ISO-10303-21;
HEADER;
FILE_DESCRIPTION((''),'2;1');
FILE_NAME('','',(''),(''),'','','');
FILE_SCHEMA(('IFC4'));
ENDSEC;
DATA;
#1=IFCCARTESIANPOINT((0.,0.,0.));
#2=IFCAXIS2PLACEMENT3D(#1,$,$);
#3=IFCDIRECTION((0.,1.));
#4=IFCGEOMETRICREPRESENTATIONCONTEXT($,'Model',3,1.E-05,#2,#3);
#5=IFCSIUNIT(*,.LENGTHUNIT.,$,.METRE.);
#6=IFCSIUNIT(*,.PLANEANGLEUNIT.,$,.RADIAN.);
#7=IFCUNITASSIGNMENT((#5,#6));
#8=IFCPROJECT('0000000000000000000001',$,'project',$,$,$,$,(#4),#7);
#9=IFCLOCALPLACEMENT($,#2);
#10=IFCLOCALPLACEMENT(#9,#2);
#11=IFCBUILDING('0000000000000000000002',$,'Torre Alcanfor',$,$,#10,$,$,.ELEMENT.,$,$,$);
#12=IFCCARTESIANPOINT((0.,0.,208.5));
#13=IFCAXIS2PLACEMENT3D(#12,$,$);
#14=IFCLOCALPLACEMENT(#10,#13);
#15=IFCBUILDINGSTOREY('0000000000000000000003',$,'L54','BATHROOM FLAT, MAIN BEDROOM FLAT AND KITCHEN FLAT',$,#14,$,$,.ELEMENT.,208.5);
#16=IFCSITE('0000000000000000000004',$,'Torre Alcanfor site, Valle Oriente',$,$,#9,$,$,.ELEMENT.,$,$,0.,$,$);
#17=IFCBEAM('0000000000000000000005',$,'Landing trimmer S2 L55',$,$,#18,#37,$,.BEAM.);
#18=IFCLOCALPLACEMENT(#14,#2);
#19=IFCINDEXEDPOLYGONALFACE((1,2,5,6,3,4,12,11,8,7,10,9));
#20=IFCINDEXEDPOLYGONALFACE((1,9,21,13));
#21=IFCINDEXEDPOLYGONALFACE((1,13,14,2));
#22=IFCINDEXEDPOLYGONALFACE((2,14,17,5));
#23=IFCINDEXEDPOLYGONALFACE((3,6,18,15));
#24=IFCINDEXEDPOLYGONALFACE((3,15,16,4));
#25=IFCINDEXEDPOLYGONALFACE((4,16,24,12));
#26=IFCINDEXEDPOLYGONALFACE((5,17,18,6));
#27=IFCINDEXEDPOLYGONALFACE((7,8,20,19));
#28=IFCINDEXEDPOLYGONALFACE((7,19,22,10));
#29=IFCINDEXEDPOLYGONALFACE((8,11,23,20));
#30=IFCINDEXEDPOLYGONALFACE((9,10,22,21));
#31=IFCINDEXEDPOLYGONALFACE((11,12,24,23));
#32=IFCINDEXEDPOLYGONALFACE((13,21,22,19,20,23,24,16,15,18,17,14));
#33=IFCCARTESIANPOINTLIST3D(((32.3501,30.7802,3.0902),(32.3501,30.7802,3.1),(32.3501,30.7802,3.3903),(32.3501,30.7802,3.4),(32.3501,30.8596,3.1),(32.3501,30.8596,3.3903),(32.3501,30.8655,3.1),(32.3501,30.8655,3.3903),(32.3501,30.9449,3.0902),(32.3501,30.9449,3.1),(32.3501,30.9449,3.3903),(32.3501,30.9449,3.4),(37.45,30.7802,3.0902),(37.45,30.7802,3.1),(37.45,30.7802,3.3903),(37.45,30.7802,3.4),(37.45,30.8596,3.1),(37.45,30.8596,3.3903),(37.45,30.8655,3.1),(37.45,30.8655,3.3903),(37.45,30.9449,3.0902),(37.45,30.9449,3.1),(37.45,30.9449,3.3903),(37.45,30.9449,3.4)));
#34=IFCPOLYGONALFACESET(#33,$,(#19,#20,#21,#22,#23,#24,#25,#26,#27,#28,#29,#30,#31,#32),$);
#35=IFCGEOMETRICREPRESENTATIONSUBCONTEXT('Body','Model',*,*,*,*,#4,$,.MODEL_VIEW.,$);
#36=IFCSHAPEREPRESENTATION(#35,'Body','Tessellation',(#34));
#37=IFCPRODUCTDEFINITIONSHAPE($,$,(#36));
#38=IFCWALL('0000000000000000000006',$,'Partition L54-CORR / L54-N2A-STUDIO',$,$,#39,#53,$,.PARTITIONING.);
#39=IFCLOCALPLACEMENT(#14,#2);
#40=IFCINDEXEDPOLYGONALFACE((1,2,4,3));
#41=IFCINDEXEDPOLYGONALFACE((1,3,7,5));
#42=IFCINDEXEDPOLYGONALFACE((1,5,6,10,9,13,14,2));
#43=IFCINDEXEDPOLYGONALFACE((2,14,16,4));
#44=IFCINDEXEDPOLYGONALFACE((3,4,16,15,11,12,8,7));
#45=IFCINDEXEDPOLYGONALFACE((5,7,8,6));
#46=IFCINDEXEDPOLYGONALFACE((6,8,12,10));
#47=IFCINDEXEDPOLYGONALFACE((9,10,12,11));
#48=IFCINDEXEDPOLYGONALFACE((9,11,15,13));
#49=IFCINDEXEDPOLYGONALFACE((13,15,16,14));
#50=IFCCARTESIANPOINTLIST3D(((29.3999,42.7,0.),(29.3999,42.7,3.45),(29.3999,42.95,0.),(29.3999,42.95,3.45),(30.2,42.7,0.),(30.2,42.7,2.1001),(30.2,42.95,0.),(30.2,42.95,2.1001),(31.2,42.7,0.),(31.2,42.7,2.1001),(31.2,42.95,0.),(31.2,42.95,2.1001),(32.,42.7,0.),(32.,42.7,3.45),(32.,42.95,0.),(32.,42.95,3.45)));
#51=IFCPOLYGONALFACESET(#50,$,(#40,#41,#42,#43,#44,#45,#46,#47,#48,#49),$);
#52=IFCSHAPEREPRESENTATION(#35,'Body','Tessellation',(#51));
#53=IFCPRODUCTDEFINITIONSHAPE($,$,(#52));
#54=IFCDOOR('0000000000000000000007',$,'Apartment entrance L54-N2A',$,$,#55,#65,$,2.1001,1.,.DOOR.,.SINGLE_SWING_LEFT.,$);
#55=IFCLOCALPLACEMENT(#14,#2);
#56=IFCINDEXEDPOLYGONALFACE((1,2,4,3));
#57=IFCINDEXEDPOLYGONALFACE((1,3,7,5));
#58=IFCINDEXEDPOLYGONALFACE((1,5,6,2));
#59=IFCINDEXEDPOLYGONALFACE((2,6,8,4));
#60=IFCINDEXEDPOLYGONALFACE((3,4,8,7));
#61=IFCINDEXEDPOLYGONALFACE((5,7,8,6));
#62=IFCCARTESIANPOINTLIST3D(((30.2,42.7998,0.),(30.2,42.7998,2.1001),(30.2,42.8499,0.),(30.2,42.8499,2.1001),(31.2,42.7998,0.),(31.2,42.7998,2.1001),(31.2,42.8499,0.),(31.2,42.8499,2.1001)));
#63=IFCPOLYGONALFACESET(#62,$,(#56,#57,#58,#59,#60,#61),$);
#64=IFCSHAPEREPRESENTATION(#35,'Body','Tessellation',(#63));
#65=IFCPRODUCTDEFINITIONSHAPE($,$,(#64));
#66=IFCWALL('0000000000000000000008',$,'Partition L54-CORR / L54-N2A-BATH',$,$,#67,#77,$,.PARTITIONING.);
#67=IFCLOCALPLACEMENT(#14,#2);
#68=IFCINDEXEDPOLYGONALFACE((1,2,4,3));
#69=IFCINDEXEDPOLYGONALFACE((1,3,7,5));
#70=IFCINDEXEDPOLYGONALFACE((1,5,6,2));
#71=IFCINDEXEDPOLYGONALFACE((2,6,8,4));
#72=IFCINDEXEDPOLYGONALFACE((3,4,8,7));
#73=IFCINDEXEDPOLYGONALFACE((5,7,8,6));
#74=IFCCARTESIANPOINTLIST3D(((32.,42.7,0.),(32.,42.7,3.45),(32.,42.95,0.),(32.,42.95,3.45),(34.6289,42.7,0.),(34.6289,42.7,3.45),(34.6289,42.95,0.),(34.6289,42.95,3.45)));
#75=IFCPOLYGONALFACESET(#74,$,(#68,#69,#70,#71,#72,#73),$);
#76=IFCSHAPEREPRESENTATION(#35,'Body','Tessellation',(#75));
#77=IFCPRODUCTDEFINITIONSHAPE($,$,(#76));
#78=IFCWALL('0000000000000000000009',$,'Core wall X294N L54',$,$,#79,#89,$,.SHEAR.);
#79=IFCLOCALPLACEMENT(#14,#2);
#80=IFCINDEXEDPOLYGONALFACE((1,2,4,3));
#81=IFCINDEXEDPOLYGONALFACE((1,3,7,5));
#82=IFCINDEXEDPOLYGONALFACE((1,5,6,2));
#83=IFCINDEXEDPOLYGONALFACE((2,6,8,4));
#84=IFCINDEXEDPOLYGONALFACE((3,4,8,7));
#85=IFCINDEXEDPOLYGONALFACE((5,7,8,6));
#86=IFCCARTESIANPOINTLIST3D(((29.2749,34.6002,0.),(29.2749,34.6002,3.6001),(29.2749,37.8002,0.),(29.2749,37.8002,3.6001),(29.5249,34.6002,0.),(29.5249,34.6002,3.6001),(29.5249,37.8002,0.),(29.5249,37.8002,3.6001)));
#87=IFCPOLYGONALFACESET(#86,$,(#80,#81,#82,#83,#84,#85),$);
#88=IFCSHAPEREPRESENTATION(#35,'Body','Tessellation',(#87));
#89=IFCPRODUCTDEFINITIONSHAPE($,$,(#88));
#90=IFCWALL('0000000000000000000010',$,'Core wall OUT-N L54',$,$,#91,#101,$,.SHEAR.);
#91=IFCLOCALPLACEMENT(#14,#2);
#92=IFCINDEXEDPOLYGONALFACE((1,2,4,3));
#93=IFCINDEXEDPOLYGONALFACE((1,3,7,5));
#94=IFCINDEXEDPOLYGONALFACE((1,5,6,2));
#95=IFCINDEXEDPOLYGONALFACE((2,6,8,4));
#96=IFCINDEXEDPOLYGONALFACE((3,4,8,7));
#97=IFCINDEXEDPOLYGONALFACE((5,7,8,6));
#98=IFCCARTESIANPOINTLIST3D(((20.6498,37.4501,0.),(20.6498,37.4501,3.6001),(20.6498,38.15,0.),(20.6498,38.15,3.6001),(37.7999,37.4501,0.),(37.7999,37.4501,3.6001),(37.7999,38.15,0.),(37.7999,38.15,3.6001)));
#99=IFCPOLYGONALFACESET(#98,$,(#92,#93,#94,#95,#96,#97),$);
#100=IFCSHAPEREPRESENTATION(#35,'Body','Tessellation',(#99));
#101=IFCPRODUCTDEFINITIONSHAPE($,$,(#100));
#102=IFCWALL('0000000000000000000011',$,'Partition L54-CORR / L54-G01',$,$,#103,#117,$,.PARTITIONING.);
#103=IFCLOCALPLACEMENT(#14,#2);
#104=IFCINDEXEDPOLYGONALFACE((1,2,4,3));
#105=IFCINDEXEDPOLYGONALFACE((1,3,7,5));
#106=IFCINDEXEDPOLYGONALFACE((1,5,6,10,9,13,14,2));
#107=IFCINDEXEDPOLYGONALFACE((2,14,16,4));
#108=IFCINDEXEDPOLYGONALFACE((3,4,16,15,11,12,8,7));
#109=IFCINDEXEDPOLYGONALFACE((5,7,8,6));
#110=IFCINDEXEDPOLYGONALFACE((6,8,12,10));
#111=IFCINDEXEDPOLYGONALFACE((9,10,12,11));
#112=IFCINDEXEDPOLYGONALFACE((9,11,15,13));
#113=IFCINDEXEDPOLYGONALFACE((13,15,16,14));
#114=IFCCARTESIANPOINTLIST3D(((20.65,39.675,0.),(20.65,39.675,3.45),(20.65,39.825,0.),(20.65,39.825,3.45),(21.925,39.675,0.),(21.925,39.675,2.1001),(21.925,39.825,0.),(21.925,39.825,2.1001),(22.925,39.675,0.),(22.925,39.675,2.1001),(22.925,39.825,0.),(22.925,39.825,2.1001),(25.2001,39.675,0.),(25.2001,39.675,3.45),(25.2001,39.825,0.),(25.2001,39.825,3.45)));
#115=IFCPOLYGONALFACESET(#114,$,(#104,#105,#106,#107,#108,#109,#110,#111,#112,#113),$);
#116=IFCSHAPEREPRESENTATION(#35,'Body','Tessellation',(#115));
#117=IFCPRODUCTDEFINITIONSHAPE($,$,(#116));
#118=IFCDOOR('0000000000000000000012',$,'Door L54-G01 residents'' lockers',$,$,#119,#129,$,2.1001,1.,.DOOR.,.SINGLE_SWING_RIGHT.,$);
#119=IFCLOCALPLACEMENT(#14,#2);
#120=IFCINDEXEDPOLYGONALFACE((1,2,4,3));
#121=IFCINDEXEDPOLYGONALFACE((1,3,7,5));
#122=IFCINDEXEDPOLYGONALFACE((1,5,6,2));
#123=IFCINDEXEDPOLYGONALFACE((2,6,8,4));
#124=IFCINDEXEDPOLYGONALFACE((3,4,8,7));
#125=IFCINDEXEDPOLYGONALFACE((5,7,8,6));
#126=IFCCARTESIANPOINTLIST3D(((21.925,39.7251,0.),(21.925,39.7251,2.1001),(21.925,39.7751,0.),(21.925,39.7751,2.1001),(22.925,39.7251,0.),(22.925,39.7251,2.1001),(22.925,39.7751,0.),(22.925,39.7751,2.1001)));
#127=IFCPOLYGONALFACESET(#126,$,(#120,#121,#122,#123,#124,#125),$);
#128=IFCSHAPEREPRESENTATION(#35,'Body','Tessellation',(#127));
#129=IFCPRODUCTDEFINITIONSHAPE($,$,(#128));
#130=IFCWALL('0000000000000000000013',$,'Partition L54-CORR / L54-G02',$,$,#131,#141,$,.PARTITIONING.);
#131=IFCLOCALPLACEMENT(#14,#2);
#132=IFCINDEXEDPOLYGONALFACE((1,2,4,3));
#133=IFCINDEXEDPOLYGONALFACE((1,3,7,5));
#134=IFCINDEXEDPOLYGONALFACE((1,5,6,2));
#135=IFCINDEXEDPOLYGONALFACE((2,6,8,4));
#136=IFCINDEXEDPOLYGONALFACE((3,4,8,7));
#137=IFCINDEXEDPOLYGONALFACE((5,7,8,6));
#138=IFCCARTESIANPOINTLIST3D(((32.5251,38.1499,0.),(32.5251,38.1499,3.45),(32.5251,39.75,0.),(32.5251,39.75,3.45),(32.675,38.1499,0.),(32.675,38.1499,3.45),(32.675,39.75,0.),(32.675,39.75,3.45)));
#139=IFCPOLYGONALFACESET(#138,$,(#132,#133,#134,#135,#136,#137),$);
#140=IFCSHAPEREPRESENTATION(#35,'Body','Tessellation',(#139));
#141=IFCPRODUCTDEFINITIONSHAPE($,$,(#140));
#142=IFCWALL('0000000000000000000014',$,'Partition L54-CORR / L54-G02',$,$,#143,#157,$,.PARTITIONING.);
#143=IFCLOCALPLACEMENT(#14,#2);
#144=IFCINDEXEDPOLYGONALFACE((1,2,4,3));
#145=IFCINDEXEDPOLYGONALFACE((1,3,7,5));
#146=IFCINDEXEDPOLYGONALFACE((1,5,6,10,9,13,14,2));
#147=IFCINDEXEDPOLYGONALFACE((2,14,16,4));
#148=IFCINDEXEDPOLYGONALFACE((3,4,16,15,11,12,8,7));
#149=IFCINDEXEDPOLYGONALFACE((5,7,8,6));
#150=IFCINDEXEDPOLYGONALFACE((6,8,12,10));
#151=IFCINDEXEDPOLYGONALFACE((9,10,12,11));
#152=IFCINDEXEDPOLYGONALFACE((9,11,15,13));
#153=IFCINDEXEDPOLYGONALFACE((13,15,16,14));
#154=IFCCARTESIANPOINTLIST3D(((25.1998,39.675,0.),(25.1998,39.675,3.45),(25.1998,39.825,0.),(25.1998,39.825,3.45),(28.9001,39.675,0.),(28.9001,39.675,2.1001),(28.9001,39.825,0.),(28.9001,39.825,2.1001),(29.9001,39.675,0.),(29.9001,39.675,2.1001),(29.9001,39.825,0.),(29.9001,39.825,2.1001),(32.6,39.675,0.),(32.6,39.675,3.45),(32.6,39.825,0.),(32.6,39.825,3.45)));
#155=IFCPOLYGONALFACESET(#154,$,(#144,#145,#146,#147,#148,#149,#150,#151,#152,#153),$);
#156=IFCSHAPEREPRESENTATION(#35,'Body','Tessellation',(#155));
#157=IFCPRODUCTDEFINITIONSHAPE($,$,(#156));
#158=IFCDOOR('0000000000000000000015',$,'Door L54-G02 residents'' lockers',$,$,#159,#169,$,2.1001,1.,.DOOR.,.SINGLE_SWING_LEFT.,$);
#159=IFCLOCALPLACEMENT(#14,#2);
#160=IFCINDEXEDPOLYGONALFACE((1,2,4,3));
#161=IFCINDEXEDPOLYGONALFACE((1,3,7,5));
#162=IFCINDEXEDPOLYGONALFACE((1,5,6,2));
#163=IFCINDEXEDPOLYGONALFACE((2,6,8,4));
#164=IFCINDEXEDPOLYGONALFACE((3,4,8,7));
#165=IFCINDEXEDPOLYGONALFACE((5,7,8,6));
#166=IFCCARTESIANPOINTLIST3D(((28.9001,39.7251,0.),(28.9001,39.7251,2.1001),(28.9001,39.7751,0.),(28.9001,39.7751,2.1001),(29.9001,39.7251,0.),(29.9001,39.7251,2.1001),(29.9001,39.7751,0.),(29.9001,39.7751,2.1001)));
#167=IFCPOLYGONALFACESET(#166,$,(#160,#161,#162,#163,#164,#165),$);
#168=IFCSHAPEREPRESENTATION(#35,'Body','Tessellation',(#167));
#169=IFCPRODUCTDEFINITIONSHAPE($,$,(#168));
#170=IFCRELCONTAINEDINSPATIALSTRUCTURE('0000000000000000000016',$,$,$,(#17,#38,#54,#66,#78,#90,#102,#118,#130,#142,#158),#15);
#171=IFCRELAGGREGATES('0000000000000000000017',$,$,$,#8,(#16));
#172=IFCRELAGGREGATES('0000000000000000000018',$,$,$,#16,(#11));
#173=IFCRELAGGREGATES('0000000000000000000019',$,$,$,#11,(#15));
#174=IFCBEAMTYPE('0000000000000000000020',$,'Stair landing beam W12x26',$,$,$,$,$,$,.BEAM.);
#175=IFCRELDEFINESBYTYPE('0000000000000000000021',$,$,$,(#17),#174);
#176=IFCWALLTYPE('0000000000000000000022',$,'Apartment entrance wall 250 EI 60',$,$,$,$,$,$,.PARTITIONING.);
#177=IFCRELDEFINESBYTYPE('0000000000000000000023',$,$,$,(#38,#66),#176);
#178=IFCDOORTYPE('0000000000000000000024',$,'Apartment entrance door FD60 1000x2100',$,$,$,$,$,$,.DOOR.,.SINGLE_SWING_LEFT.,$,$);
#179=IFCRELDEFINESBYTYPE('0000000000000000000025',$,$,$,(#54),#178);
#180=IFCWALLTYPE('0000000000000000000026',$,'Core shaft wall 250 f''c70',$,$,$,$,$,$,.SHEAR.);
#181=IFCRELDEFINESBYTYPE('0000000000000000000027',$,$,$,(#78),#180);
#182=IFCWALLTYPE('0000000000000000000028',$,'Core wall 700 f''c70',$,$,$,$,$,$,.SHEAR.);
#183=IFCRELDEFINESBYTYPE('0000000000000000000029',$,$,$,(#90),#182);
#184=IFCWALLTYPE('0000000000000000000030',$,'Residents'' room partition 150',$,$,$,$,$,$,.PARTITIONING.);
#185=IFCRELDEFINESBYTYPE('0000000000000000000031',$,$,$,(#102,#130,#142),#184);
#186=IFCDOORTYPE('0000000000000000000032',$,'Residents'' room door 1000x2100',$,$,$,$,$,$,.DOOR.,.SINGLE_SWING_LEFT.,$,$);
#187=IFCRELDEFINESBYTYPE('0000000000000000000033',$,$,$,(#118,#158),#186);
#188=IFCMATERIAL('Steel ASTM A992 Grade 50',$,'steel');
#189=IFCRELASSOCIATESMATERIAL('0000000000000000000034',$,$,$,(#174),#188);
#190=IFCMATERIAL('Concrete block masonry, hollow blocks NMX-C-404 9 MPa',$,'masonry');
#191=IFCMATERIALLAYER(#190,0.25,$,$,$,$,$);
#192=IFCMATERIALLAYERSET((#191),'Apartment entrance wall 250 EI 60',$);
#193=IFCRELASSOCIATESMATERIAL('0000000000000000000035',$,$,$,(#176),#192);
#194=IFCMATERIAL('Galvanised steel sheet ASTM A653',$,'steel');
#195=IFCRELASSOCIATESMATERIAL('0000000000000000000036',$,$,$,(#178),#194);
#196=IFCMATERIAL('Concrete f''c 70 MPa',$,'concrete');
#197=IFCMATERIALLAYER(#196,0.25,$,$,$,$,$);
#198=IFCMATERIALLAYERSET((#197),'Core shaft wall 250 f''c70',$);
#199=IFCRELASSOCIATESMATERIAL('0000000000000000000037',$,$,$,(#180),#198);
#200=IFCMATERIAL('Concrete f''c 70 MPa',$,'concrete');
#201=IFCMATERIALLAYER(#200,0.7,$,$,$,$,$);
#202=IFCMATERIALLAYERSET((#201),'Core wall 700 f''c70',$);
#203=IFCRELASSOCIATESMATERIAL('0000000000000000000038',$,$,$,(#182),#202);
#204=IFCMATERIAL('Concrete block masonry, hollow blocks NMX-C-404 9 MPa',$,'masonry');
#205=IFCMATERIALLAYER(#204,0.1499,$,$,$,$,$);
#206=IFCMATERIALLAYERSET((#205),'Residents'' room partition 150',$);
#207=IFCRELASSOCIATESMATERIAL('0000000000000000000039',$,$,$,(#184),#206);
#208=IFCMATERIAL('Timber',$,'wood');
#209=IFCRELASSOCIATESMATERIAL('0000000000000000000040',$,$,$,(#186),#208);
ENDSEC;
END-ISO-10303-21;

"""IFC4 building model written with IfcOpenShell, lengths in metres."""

from ifc_helpers import new_model, si_unit, direction, frame, frame_2d, origin, origin_2d, place, context, subcontext, project, spatial, rectangle, i_section, extrude, material, layer, layer_set, material_profile, profile_set, type_object, element, fill, save


model = new_model("IFC4")

# Units and contexts
model_context = context("Model", 3, precision=1e-05, world=origin(), true_north=direction((0.0, 1.0)))
body_context = subcontext(model_context, "Body", "Model", "MODEL_VIEW")
ifc_project = project(units=[si_unit("LENGTHUNIT", "METRE"), si_unit("PLANEANGLEUNIT", "RADIAN")], contexts=[model_context])

# Site, building, storey
site_placement = place(None, origin())
site = spatial("IfcSite", under=ifc_project, at=site_placement, Name="Torre Alcanfor site, Valle Oriente", CompositionType="ELEMENT", RefElevation=0.0)
building_placement = place(site_placement, origin())
building = spatial("IfcBuilding", under=site, at=building_placement, Name="Torre Alcanfor", CompositionType="ELEMENT")
storey_placement = place(building_placement, frame((0.0, 0.0, 208.5)))
storey = spatial("IfcBuildingStorey", under=building, at=storey_placement, Name="L54", Description="BATHROOM FLAT, MAIN BEDROOM FLAT AND KITCHEN FLAT", CompositionType="ELEMENT", Elevation=208.5)

# Beam
ifc_material_1 = material(Name="Steel ASTM A992 Grade 50", Category="steel")
ifc_material_profile_1 = material_profile(ifc_material_1, i_section(OverallWidth=0.1648, OverallDepth=0.3098, WebThickness=0.0059, FlangeThickness=0.0098, at=origin_2d()), Name="W12x26")
ifc_profile_set_1 = profile_set([ifc_material_profile_1], Name="Steel ASTM A992 Grade 50")
beam_type_1 = type_object("IfcBeamType", Name="Stair landing beam W12x26", PredefinedType="BEAM", material=ifc_profile_set_1)
beam_1_placement = place(storey_placement, frame((32.3501, 30.8625, 3.2451), z_axis=(1.0, 0.0, 0.0), x_axis=(0.0, 1.0, 0.0)))
element("IfcBeam", 1, at=beam_1_placement, inside=storey, type_object=beam_type_1, Name="Landing trimmer S2 L55", PredefinedType="BEAM", context=body_context, shape_type="SweptSolid", body=[
    extrude(i_section(OverallWidth=0.1648, OverallDepth=0.3098, WebThickness=0.0059, FlangeThickness=0.0098, at=origin_2d()), origin(), (0.0, 0.0, 1.0), 5.0999),
])

# Wall, opening, door
ifc_material_2 = material(Name="Concrete block masonry, hollow blocks NMX-C-404 9 MPa", Category="masonry")
ifc_layer_1 = layer(ifc_material_2, 0.25)
ifc_layer_set_1 = layer_set([ifc_layer_1], Name="Apartment entrance wall 250 EI 60")
wall_type_1 = type_object("IfcWallType", Name="Apartment entrance wall 250 EI 60", PredefinedType="PARTITIONING", material=ifc_layer_set_1)
wall_1_placement = place(storey_placement, frame((29.3999, 42.825, 0.0), z_axis=(0.0, 0.0, 1.0), x_axis=(1.0, 0.0, 0.0)))
wall_1 = element("IfcWall", 2, at=wall_1_placement, inside=storey, type_object=wall_type_1, Name="Partition L54-CORR / L54-N2A-STUDIO", PredefinedType="PARTITIONING", context=body_context, shape_type="SweptSolid", body=[
    extrude(rectangle(XDim=2.6001, YDim=0.25, at=frame_2d((1.3, 0.0))), origin(), (0.0, 0.0, 1.0), 3.45),
])
opening_1_placement = place(wall_1_placement, frame((0.8, 0.0, 0.0)))
opening_1 = element("IfcOpeningElement", 3, at=opening_1_placement, cuts=wall_1, PredefinedType="OPENING", context=body_context, shape_type="SweptSolid", body=[
    extrude(rectangle(XDim=1.0, YDim=2.1001, at=frame_2d((0.5, 1.05))), frame((0.0, 0.135, 0.0), z_axis=(0.0, -1.0, 0.0), x_axis=(1.0, 0.0, 0.0)), (0.0, 0.0, 1.0), 0.27),
])
ifc_material_3 = material(Name="Galvanised steel sheet ASTM A653", Category="steel")
door_type_1 = type_object("IfcDoorType", Name="Apartment entrance door FD60 1000x2100", OperationType="SINGLE_SWING_LEFT", PredefinedType="DOOR", material=ifc_material_3)
door_1_placement = place(opening_1_placement, origin())
door_1 = element("IfcDoor", 4, at=door_1_placement, inside=storey, type_object=door_type_1, Name="Apartment entrance L54-N2A", OperationType="SINGLE_SWING_LEFT", OverallHeight=2.1001, OverallWidth=1.0, PredefinedType="DOOR", context=body_context, shape_type="SweptSolid", body=[
    extrude(rectangle(XDim=1.0, YDim=2.1001, at=frame_2d((0.5, 1.05))), frame((0.0, 0.0249, 0.0), z_axis=(0.0, -1.0, 0.0), x_axis=(1.0, 0.0, 0.0)), (0.0, 0.0, 1.0), 0.05),
])
fill(opening_1, door_1)

# Walls
wall_2_placement = place(storey_placement, frame((32.0, 42.825, 0.0), z_axis=(0.0, 0.0, 1.0), x_axis=(1.0, 0.0, 0.0)))
element("IfcWall", 5, at=wall_2_placement, inside=storey, type_object=wall_type_1, Name="Partition L54-CORR / L54-N2A-BATH", PredefinedType="PARTITIONING", context=body_context, shape_type="SweptSolid", body=[
    extrude(rectangle(XDim=2.6289, YDim=0.25, at=frame_2d((1.3145, 0.0))), origin(), (0.0, 0.0, 1.0), 3.45),
])
ifc_material_4 = material(Name="Concrete f'c 70 MPa", Category="concrete")
ifc_layer_2 = layer(ifc_material_4, 0.25)
ifc_layer_set_2 = layer_set([ifc_layer_2], Name="Core shaft wall 250 f'c70")
wall_type_2 = type_object("IfcWallType", Name="Core shaft wall 250 f'c70", PredefinedType="SHEAR", material=ifc_layer_set_2)
wall_3_placement = place(storey_placement, frame((29.3999, 34.6001, 0.0), z_axis=(0.0, 0.0, 1.0), x_axis=(0.0, 1.0, 0.0)))
element("IfcWall", 6, at=wall_3_placement, inside=storey, type_object=wall_type_2, Name="Core wall X294N L54", PredefinedType="SHEAR", context=body_context, shape_type="SweptSolid", body=[
    extrude(rectangle(XDim=3.2, YDim=0.25, at=frame_2d((1.6001, 0.0))), origin(), (0.0, 0.0, 1.0), 3.6001),
])
ifc_material_5 = material(Name="Concrete f'c 70 MPa", Category="concrete")
ifc_layer_3 = layer(ifc_material_5, 0.7)
ifc_layer_set_3 = layer_set([ifc_layer_3], Name="Core wall 700 f'c70")
wall_type_3 = type_object("IfcWallType", Name="Core wall 700 f'c70", PredefinedType="SHEAR", material=ifc_layer_set_3)
wall_4_placement = place(storey_placement, frame((37.8, 37.8, 0.0), z_axis=(0.0, 0.0, 1.0), x_axis=(-1.0, 0.0, 0.0)))
element("IfcWall", 7, at=wall_4_placement, inside=storey, type_object=wall_type_3, Name="Core wall OUT-N L54", PredefinedType="SHEAR", context=body_context, shape_type="SweptSolid", body=[
    extrude(rectangle(XDim=17.1501, YDim=0.7, at=frame_2d((8.5752, 0.0))), origin(), (0.0, 0.0, 1.0), 3.6001),
])

# Wall, opening, door
ifc_material_6 = material(Name="Concrete block masonry, hollow blocks NMX-C-404 9 MPa", Category="masonry")
ifc_layer_4 = layer(ifc_material_6, 0.1499)
ifc_layer_set_4 = layer_set([ifc_layer_4], Name="Residents' room partition 150")
wall_type_4 = type_object("IfcWallType", Name="Residents' room partition 150", PredefinedType="PARTITIONING", material=ifc_layer_set_4)
wall_5_placement = place(storey_placement, frame((25.2, 39.75, 0.0), z_axis=(0.0, 0.0, 1.0), x_axis=(-1.0, 0.0, 0.0)))
wall_5 = element("IfcWall", 8, at=wall_5_placement, inside=storey, type_object=wall_type_4, Name="Partition L54-CORR / L54-G01", PredefinedType="PARTITIONING", context=body_context, shape_type="SweptSolid", body=[
    extrude(rectangle(XDim=4.55, YDim=0.1499, at=frame_2d((2.2749, 0.0))), origin(), (0.0, 0.0, 1.0), 3.45),
])
opening_2_placement = place(wall_5_placement, frame((2.2749, 0.0, 0.0)))
opening_2 = element("IfcOpeningElement", 9, at=opening_2_placement, cuts=wall_5, PredefinedType="OPENING", context=body_context, shape_type="SweptSolid", body=[
    extrude(rectangle(XDim=1.0, YDim=2.1001, at=frame_2d((0.5, 1.05))), frame((0.0, 0.085, 0.0), z_axis=(0.0, -1.0, 0.0), x_axis=(1.0, 0.0, 0.0)), (0.0, 0.0, 1.0), 0.1699),
])
ifc_material_7 = material(Name="Timber", Category="wood")
door_type_2 = type_object("IfcDoorType", Name="Residents' room door 1000x2100", OperationType="SINGLE_SWING_LEFT", PredefinedType="DOOR", material=ifc_material_7)
door_2_placement = place(opening_2_placement, origin())
door_2 = element("IfcDoor", 10, at=door_2_placement, inside=storey, type_object=door_type_2, Name="Door L54-G01 residents' lockers", OperationType="SINGLE_SWING_RIGHT", OverallHeight=2.1001, OverallWidth=1.0, PredefinedType="DOOR", context=body_context, shape_type="SweptSolid", body=[
    extrude(rectangle(XDim=1.0, YDim=2.1001, at=frame_2d((0.5, 1.05))), frame((0.0, 0.0249, 0.0), z_axis=(0.0, -1.0, 0.0), x_axis=(1.0, 0.0, 0.0)), (0.0, 0.0, 1.0), 0.05),
])
fill(opening_2, door_2)

# Wall
wall_6_placement = place(storey_placement, frame((32.6001, 38.1499, 0.0), z_axis=(0.0, 0.0, 1.0), x_axis=(0.0, 1.0, 0.0)))
element("IfcWall", 11, at=wall_6_placement, inside=storey, type_object=wall_type_4, Name="Partition L54-CORR / L54-G02", PredefinedType="PARTITIONING", context=body_context, shape_type="SweptSolid", body=[
    extrude(rectangle(XDim=1.6001, YDim=0.1499, at=frame_2d((0.8, 0.0))), origin(), (0.0, 0.0, 1.0), 3.45),
])

# Wall, opening, door
wall_7_placement = place(storey_placement, frame((32.6001, 39.75, 0.0), z_axis=(0.0, 0.0, 1.0), x_axis=(-1.0, 0.0, 0.0)))
wall_7 = element("IfcWall", 12, at=wall_7_placement, inside=storey, type_object=wall_type_4, Name="Partition L54-CORR / L54-G02", PredefinedType="PARTITIONING", context=body_context, shape_type="SweptSolid", body=[
    extrude(rectangle(XDim=7.4001, YDim=0.1499, at=frame_2d((3.7002, 0.0))), origin(), (0.0, 0.0, 1.0), 3.45),
])
opening_3_placement = place(wall_7_placement, frame((2.7, 0.0, 0.0)))
opening_3 = element("IfcOpeningElement", 13, at=opening_3_placement, cuts=wall_7, PredefinedType="OPENING", context=body_context, shape_type="SweptSolid", body=[
    extrude(rectangle(XDim=1.0, YDim=2.1001, at=frame_2d((0.5, 1.05))), frame((0.0, 0.085, 0.0), z_axis=(0.0, -1.0, 0.0), x_axis=(1.0, 0.0, 0.0)), (0.0, 0.0, 1.0), 0.1699),
])
door_3_placement = place(opening_3_placement, origin())
door_3 = element("IfcDoor", 14, at=door_3_placement, inside=storey, type_object=door_type_2, Name="Door L54-G02 residents' lockers", OperationType="SINGLE_SWING_LEFT", OverallHeight=2.1001, OverallWidth=1.0, PredefinedType="DOOR", context=body_context, shape_type="SweptSolid", body=[
    extrude(rectangle(XDim=1.0, YDim=2.1001, at=frame_2d((0.5, 1.05))), frame((0.0, 0.0249, 0.0), z_axis=(0.0, -1.0, 0.0), x_axis=(1.0, 0.0, 0.0)), (0.0, 0.0, 1.0), 0.05),
])
fill(opening_3, door_3)

save(model, "model.ifc")
